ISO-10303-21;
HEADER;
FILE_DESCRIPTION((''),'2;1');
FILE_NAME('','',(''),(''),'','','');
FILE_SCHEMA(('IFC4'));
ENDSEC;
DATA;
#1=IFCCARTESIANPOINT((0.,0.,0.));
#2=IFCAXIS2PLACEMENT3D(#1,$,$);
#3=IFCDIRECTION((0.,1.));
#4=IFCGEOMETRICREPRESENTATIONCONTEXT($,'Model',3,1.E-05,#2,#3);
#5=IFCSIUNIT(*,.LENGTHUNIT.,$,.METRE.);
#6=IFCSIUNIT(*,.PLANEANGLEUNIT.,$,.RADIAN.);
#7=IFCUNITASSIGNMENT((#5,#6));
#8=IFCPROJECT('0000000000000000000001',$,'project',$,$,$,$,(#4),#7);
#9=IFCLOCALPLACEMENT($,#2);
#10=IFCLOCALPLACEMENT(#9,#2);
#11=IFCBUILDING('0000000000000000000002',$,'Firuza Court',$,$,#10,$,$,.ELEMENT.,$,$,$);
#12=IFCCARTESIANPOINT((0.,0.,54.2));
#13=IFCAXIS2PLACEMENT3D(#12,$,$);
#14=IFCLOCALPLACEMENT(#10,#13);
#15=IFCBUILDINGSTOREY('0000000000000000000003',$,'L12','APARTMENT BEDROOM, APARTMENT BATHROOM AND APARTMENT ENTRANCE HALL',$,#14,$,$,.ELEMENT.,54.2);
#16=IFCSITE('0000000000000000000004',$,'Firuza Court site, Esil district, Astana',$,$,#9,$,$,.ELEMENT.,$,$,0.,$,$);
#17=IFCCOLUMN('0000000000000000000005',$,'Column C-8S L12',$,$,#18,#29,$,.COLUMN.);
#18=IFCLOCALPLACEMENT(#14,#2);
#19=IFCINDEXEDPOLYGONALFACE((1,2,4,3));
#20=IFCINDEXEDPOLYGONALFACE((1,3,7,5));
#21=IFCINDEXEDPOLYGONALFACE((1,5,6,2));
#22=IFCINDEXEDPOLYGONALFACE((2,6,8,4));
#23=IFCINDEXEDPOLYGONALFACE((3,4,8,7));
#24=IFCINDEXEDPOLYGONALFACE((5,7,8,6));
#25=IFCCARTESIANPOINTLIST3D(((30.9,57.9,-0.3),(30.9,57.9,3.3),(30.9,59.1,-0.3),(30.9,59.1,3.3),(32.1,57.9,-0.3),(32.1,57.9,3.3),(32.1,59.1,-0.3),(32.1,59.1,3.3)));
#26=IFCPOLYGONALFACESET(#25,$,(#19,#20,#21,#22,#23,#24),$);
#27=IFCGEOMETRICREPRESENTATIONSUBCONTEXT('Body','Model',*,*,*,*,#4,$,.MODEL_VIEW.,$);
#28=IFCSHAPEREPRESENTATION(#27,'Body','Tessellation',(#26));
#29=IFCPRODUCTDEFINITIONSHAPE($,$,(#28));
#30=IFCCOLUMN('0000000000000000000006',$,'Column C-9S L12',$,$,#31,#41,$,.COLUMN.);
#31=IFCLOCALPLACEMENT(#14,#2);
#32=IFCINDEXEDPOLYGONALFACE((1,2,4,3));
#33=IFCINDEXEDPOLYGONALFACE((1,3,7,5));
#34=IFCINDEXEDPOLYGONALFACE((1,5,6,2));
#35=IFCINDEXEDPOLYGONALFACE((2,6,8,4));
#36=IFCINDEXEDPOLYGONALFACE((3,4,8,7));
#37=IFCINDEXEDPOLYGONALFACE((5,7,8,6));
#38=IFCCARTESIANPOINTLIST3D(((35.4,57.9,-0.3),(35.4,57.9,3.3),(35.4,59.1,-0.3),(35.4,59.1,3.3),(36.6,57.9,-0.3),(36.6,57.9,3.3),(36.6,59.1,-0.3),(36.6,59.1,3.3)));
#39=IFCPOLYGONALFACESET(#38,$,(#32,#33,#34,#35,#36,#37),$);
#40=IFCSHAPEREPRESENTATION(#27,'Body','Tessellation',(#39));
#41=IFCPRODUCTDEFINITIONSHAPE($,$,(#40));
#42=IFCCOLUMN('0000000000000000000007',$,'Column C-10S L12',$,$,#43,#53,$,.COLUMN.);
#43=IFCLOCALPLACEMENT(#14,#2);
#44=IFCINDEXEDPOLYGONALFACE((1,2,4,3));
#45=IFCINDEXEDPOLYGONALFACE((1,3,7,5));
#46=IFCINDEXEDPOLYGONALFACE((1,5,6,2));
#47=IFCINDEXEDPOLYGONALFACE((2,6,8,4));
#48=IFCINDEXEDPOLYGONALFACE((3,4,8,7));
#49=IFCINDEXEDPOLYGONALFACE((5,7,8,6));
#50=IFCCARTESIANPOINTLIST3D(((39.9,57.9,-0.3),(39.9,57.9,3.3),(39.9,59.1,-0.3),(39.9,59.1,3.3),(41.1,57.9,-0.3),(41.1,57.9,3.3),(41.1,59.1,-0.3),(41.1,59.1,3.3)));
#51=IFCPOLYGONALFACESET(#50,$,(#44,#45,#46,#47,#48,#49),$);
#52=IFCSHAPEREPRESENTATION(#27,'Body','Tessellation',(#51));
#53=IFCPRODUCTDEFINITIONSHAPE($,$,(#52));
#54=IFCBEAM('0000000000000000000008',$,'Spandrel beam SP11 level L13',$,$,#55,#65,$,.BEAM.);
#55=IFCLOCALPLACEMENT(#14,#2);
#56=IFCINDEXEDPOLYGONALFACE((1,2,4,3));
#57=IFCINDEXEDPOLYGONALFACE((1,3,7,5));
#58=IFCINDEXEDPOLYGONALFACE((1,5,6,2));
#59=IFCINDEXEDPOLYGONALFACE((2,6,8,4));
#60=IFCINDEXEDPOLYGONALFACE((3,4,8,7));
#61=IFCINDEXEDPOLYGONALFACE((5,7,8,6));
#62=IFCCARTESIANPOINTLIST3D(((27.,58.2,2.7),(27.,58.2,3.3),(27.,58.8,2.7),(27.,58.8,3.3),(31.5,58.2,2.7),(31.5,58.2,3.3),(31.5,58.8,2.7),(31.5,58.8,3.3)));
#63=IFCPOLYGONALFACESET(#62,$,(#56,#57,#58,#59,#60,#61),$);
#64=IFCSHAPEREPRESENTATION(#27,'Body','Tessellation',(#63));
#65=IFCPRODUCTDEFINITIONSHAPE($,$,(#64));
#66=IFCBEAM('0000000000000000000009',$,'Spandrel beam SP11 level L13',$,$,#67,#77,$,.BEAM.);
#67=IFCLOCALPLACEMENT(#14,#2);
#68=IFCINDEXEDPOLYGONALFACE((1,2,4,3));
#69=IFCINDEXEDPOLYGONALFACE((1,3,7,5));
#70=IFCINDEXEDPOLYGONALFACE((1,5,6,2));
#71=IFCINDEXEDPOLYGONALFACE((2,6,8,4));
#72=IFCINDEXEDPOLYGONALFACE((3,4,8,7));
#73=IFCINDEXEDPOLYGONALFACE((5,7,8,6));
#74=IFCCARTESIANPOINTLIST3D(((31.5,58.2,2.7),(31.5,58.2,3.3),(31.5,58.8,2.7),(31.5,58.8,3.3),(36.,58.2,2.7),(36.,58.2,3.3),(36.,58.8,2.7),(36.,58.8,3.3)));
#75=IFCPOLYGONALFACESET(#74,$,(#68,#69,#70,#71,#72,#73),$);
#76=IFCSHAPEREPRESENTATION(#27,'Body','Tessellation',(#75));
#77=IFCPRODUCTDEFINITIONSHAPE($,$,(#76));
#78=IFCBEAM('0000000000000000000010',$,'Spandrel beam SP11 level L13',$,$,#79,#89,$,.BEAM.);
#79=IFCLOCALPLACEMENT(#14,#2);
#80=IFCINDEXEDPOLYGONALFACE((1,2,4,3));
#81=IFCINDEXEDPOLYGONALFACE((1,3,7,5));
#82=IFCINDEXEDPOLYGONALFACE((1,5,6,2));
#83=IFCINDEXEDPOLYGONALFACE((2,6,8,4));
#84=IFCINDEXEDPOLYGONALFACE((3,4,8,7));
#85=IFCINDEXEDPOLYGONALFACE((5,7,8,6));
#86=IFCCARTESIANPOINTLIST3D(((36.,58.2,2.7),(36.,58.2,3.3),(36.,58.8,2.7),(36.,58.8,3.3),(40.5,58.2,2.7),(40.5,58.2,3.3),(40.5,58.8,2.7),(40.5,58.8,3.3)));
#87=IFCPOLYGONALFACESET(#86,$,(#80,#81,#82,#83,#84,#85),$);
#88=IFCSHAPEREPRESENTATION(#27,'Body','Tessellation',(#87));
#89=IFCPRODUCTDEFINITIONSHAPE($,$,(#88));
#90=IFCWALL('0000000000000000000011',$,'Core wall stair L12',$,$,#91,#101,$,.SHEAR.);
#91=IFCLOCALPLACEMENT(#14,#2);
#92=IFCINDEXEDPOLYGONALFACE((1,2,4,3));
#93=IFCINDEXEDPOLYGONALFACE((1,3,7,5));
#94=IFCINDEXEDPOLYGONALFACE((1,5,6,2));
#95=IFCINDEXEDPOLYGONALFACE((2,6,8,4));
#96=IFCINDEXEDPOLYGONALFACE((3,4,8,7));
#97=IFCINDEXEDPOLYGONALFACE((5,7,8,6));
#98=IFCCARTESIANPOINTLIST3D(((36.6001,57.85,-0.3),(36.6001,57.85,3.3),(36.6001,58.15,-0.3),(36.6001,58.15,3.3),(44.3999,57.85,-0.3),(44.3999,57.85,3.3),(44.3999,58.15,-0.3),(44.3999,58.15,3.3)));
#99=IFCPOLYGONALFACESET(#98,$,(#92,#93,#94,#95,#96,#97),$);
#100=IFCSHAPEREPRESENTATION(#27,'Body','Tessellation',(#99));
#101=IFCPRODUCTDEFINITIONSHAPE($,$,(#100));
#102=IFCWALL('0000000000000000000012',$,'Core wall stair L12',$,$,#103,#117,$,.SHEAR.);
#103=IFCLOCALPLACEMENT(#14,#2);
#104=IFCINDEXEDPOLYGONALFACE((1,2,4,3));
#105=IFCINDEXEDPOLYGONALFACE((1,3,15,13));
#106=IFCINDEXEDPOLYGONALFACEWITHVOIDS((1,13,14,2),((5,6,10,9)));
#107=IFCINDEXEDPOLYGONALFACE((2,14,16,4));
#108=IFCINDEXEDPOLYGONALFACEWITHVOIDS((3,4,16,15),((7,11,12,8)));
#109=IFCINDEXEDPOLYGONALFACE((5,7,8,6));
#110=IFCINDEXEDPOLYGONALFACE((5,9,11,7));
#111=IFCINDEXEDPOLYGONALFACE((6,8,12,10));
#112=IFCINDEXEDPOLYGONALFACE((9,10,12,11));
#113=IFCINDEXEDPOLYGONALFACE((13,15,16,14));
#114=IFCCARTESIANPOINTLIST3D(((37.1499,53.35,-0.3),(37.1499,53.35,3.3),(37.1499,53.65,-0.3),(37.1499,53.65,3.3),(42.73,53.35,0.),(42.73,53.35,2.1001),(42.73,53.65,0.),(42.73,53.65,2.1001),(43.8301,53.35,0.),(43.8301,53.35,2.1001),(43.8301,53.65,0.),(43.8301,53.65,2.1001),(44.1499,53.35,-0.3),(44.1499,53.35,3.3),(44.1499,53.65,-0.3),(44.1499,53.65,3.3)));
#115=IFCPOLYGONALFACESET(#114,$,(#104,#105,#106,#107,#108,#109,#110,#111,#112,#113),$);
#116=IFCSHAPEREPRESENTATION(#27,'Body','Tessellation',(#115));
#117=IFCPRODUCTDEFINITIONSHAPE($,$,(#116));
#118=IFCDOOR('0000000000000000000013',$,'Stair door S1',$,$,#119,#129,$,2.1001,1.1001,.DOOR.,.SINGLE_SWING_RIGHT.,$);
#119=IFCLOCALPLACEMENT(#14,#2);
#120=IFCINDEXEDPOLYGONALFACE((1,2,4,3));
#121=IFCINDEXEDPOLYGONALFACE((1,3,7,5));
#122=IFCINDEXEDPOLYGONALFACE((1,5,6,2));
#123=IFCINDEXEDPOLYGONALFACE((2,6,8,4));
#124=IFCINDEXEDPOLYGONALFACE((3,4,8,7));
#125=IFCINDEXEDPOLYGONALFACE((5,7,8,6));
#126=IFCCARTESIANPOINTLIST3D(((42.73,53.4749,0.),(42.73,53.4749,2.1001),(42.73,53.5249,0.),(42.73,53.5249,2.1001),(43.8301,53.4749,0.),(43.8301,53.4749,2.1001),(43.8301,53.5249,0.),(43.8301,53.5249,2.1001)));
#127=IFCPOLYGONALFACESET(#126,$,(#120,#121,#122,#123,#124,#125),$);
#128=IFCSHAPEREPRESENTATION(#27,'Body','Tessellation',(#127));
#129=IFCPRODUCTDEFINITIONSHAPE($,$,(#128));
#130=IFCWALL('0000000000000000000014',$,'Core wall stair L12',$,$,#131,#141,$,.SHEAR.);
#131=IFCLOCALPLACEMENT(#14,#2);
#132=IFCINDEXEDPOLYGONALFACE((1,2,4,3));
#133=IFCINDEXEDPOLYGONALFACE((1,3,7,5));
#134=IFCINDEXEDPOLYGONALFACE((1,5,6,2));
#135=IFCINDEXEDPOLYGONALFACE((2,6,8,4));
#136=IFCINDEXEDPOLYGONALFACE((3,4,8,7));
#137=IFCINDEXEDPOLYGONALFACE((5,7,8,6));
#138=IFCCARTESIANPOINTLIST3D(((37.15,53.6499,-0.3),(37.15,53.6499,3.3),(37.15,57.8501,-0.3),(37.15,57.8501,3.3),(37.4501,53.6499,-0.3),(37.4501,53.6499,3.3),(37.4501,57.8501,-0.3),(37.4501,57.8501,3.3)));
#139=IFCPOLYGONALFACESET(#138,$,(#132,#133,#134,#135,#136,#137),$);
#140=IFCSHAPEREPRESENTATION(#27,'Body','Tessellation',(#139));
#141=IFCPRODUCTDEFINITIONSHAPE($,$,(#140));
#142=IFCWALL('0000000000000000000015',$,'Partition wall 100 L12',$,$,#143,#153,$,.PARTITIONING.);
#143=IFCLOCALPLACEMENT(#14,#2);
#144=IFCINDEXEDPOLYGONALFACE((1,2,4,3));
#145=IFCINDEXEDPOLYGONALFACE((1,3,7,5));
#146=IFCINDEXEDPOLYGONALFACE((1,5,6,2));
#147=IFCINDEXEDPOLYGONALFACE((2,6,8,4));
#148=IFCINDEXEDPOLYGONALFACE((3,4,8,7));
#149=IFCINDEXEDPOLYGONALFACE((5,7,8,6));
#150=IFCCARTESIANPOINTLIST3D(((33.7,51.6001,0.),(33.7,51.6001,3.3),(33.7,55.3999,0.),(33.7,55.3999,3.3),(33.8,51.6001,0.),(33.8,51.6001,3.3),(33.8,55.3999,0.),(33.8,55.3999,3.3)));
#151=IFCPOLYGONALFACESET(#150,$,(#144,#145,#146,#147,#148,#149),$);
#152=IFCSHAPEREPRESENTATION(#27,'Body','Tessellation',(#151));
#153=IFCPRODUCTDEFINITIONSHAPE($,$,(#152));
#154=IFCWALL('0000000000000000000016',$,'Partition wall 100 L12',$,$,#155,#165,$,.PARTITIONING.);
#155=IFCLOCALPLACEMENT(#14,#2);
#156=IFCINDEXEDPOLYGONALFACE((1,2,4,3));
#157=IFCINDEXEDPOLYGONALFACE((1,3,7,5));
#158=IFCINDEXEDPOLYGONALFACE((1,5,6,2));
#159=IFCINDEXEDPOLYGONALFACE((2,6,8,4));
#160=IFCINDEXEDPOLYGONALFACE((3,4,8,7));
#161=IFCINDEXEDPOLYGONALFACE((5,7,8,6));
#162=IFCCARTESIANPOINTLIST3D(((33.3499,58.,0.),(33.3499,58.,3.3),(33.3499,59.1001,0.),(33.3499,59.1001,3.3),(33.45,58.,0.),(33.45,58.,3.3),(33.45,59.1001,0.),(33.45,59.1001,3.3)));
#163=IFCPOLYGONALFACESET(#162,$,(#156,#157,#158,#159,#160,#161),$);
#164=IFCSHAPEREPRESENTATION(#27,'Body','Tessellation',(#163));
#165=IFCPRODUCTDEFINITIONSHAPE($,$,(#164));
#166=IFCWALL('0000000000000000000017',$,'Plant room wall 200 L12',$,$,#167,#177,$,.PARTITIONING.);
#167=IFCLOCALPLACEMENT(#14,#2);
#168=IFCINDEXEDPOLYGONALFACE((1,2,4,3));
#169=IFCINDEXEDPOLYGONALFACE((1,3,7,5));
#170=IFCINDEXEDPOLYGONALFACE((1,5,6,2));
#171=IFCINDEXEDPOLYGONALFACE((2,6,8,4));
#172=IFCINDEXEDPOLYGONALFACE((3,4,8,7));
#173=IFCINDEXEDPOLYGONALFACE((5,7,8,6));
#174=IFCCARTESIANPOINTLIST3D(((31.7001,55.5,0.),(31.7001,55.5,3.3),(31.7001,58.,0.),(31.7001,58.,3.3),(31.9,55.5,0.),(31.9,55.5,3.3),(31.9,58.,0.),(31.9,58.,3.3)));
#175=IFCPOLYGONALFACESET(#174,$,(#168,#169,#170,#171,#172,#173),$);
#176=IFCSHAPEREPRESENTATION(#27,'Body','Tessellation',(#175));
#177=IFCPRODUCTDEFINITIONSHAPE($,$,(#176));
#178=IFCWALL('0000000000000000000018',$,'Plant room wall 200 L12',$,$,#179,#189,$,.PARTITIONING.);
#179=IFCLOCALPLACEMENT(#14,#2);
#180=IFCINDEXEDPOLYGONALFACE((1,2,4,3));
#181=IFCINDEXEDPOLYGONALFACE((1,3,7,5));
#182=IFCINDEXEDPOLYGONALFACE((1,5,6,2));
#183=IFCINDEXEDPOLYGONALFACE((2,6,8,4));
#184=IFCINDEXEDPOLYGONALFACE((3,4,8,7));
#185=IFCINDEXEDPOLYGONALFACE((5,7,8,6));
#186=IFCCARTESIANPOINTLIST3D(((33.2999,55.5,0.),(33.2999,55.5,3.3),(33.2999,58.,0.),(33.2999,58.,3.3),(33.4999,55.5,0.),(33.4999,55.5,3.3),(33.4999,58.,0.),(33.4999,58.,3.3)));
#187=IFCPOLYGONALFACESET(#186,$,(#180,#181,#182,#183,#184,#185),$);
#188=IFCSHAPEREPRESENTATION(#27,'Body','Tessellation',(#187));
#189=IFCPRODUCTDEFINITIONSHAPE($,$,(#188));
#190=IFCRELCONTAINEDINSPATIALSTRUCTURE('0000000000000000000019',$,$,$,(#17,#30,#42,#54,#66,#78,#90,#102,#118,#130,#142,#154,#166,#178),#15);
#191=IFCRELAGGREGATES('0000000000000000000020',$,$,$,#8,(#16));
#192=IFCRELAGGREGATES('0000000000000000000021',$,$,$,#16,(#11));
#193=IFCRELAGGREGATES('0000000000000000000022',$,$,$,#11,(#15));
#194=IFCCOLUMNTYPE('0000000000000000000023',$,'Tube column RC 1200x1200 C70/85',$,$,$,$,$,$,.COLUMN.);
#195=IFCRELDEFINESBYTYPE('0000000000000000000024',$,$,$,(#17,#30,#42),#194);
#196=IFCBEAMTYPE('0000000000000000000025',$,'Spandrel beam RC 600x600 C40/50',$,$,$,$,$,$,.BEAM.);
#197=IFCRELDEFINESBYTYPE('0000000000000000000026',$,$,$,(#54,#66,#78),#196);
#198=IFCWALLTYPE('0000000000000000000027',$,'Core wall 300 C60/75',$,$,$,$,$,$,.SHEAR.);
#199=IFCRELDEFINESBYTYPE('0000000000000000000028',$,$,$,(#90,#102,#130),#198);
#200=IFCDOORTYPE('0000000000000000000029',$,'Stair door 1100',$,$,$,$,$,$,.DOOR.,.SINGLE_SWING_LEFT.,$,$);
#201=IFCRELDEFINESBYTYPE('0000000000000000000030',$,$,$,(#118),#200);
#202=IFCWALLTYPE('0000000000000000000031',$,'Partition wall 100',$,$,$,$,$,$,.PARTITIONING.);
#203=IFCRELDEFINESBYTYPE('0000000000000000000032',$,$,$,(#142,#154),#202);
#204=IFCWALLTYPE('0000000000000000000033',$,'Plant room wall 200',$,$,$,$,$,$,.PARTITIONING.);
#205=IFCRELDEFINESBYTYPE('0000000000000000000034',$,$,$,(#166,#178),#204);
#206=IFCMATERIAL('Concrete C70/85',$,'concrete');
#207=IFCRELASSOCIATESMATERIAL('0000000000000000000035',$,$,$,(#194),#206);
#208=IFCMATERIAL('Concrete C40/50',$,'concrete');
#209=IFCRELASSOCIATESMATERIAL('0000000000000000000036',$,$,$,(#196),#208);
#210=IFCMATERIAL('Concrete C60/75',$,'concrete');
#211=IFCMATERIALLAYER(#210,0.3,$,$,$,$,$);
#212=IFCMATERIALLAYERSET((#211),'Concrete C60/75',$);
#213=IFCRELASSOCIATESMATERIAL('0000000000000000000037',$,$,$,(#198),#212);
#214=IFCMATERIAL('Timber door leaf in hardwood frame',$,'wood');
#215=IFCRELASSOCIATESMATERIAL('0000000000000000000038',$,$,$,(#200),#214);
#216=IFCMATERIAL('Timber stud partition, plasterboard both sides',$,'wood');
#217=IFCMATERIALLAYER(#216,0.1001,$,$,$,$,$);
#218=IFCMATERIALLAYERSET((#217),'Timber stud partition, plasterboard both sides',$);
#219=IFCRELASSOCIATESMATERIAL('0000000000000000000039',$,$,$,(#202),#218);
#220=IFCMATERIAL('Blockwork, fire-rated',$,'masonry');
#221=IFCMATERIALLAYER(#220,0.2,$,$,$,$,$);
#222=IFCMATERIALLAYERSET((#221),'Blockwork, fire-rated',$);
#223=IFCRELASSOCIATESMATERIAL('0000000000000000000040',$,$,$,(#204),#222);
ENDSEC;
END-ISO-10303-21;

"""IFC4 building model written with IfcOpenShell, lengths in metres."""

from ifc_helpers import new_model, si_unit, direction, frame, frame_2d, origin, origin_2d, place, context, subcontext, project, spatial, rectangle, extrude, material, layer, layer_set, material_profile, profile_set, type_object, element, fill, save


model = new_model("IFC4")

# Units and contexts
model_context = context("Model", 3, precision=1e-05, world=origin(), true_north=direction((0.0, 1.0)))
body_context = subcontext(model_context, "Body", "Model", "MODEL_VIEW")
ifc_project = project(units=[si_unit("LENGTHUNIT", "METRE"), si_unit("PLANEANGLEUNIT", "RADIAN")], contexts=[model_context])

# Site, building, storey
site_placement = place(None, origin())
site = spatial("IfcSite", under=ifc_project, at=site_placement, Name="Firuza Court site, Esil district, Astana", CompositionType="ELEMENT", RefElevation=0.0)
building_placement = place(site_placement, origin())
building = spatial("IfcBuilding", under=site, at=building_placement, Name="Firuza Court", CompositionType="ELEMENT")
storey_placement = place(building_placement, frame((0.0, 0.0, 54.2)))
storey = spatial("IfcBuildingStorey", under=building, at=storey_placement, Name="L12", Description="APARTMENT BEDROOM, APARTMENT BATHROOM AND APARTMENT ENTRANCE HALL", CompositionType="ELEMENT", Elevation=54.2)

# Columns
ifc_material_1 = material(Name="Concrete C70/85", Category="concrete")
ifc_material_profile_1 = material_profile(ifc_material_1, rectangle(XDim=1.2, YDim=1.2, at=origin_2d()), Name="RC 1200x1200")
ifc_profile_set_1 = profile_set([ifc_material_profile_1], Name="Concrete C70/85")
column_type = type_object("IfcColumnType", Name="Tube column RC 1200x1200 C70/85", PredefinedType="COLUMN", material=ifc_profile_set_1)
for number, where, z_axis, x_axis, name in (
    (1, (31.5, 58.5, -0.3), (0.0, 0.0, 1.0), (1.0, 0.0, 0.0), "Column C-8S L12"),
    (2, (36.0, 58.5, -0.3), (0.0, 0.0, 1.0), (1.0, 0.0, 0.0), "Column C-9S L12"),
    (3, (40.5, 58.5, -0.3), (0.0, 0.0, 1.0), (1.0, 0.0, 0.0), "Column C-10S L12"),
):
    element("IfcColumn", number, at=place(storey_placement, frame(where, z_axis=z_axis, x_axis=x_axis)), inside=storey, type_object=column_type, Name=name, PredefinedType="COLUMN", context=body_context, shape_type="SweptSolid", body=[
        extrude(rectangle(XDim=1.2, YDim=1.2, at=origin_2d()), origin(), (0.0, 0.0, 1.0), 3.6001),
    ])

# Beams
ifc_material_2 = material(Name="Concrete C40/50", Category="concrete")
ifc_material_profile_2 = material_profile(ifc_material_2, rectangle(XDim=0.6001, YDim=0.6001, at=origin_2d()), Name="RC 600x600")
ifc_profile_set_2 = profile_set([ifc_material_profile_2], Name="Concrete C40/50")
beam_type = type_object("IfcBeamType", Name="Spandrel beam RC 600x600 C40/50", PredefinedType="BEAM", material=ifc_profile_set_2)
for number, where, z_axis, x_axis, name in (
    (4, (31.5, 58.5, 3.0), (-1.0, 0.0, 0.0), (0.0, -1.0, 0.0), "Spandrel beam SP11 level L13"),
    (5, (36.0, 58.5, 3.0), (-1.0, 0.0, 0.0), (0.0, -1.0, 0.0), "Spandrel beam SP11 level L13"),
    (6, (40.5, 58.5, 3.0), (-1.0, 0.0, 0.0), (0.0, -1.0, 0.0), "Spandrel beam SP11 level L13"),
):
    element("IfcBeam", number, at=place(storey_placement, frame(where, z_axis=z_axis, x_axis=x_axis)), inside=storey, type_object=beam_type, Name=name, PredefinedType="BEAM", context=body_context, shape_type="SweptSolid", body=[
        extrude(rectangle(XDim=0.6001, YDim=0.6001, at=origin_2d()), origin(), (0.0, 0.0, 1.0), 4.5),
    ])

# Wall
ifc_material_3 = material(Name="Concrete C60/75", Category="concrete")
ifc_layer_1 = layer(ifc_material_3, 0.3)
ifc_layer_set_1 = layer_set([ifc_layer_1], Name="Concrete C60/75")
wall_type_1 = type_object("IfcWallType", Name="Core wall 300 C60/75", PredefinedType="SHEAR", material=ifc_layer_set_1)
wall_1_placement = place(storey_placement, frame((36.6001, 58.0, -0.3), z_axis=(0.0, 0.0, 1.0), x_axis=(1.0, 0.0, 0.0)))
element("IfcWall", 7, at=wall_1_placement, inside=storey, type_object=wall_type_1, Name="Core wall stair L12", PredefinedType="SHEAR", context=body_context, shape_type="SweptSolid", body=[
    extrude(rectangle(XDim=7.7998, YDim=0.3, at=frame_2d((3.8999, 0.0))), origin(), (0.0, 0.0, 1.0), 3.6001),
])

# Wall, opening, door
wall_2_placement = place(storey_placement, frame((37.1499, 53.5, -0.3), z_axis=(0.0, 0.0, 1.0), x_axis=(1.0, 0.0, 0.0)))
wall_2 = element("IfcWall", 8, at=wall_2_placement, inside=storey, type_object=wall_type_1, Name="Core wall stair L12", PredefinedType="SHEAR", context=body_context, shape_type="SweptSolid", body=[
    extrude(rectangle(XDim=7.0, YDim=0.3, at=frame_2d((3.5, 0.0))), origin(), (0.0, 0.0, 1.0), 3.6001),
])
opening_1_placement = place(wall_2_placement, frame((5.5801, 0.0, 0.3)))
opening_1 = element("IfcOpeningElement", 9, at=opening_1_placement, cuts=wall_2, PredefinedType="OPENING", context=body_context, shape_type="SweptSolid", body=[
    extrude(rectangle(XDim=1.1001, YDim=2.1001, at=frame_2d((0.55, 1.05))), frame((0.0, 0.1621, 0.0), z_axis=(0.0, -1.0, 0.0), x_axis=(1.0, 0.0, 0.0)), (0.0, 0.0, 1.0), 0.324),
])
ifc_material_4 = material(Name="Timber door leaf in hardwood frame", Category="wood")
door_type_1 = type_object("IfcDoorType", Name="Stair door 1100", OperationType="SINGLE_SWING_LEFT", PredefinedType="DOOR", material=ifc_material_4)
door_1_placement = place(opening_1_placement, origin())
door_1 = element("IfcDoor", 10, at=door_1_placement, inside=storey, type_object=door_type_1, Name="Stair door S1", OperationType="SINGLE_SWING_RIGHT", OverallHeight=2.1001, OverallWidth=1.1001, PredefinedType="DOOR", context=body_context, shape_type="SweptSolid", body=[
    extrude(rectangle(XDim=1.1001, YDim=2.1001, at=frame_2d((0.55, 1.05))), frame((0.0, 0.0249, 0.0), z_axis=(0.0, -1.0, 0.0), x_axis=(1.0, 0.0, 0.0)), (0.0, 0.0, 1.0), 0.05),
])
fill(opening_1, door_1)

# Walls
wall_3_placement = place(storey_placement, frame((37.3, 53.6499, -0.3), z_axis=(0.0, 0.0, 1.0), x_axis=(0.0, 1.0, 0.0)))
element("IfcWall", 11, at=wall_3_placement, inside=storey, type_object=wall_type_1, Name="Core wall stair L12", PredefinedType="SHEAR", context=body_context, shape_type="SweptSolid", body=[
    extrude(rectangle(XDim=4.2002, YDim=0.3, at=frame_2d((2.1001, 0.0))), origin(), (0.0, 0.0, 1.0), 3.6001),
])
ifc_material_5 = material(Name="Timber stud partition, plasterboard both sides", Category="wood")
ifc_layer_2 = layer(ifc_material_5, 0.1001)
ifc_layer_set_2 = layer_set([ifc_layer_2], Name="Timber stud partition, plasterboard both sides")
wall_type_2 = type_object("IfcWallType", Name="Partition wall 100", PredefinedType="PARTITIONING", material=ifc_layer_set_2)
wall_4_placement = place(storey_placement, frame((33.75, 51.6001, 0.0), z_axis=(0.0, 0.0, 1.0), x_axis=(0.0, 1.0, 0.0)))
element("IfcWall", 12, at=wall_4_placement, inside=storey, type_object=wall_type_2, Name="Partition wall 100 L12", PredefinedType="PARTITIONING", context=body_context, shape_type="SweptSolid", body=[
    extrude(rectangle(XDim=3.7998, YDim=0.1001, at=frame_2d((1.8999, 0.0))), origin(), (0.0, 0.0, 1.0), 3.3),
])
wall_5_placement = place(storey_placement, frame((33.3999, 58.0, 0.0), z_axis=(0.0, 0.0, 1.0), x_axis=(0.0, 1.0, 0.0)))
element("IfcWall", 13, at=wall_5_placement, inside=storey, type_object=wall_type_2, Name="Partition wall 100 L12", PredefinedType="PARTITIONING", context=body_context, shape_type="SweptSolid", body=[
    extrude(rectangle(XDim=1.1001, YDim=0.1001, at=frame_2d((0.55, 0.0))), origin(), (0.0, 0.0, 1.0), 3.3),
])
ifc_material_6 = material(Name="Blockwork, fire-rated", Category="masonry")
ifc_layer_3 = layer(ifc_material_6, 0.2)
ifc_layer_set_3 = layer_set([ifc_layer_3], Name="Blockwork, fire-rated")
wall_type_3 = type_object("IfcWallType", Name="Plant room wall 200", PredefinedType="PARTITIONING", material=ifc_layer_set_3)
for number, where, z_axis, x_axis, name in (
    (14, (31.8, 55.5, 0.0), (0.0, 0.0, 1.0), (0.0, 1.0, 0.0), "Plant room wall 200 L12"),
    (15, (33.3999, 55.5, 0.0), (0.0, 0.0, 1.0), (0.0, 1.0, 0.0), "Plant room wall 200 L12"),
):
    element("IfcWall", number, at=place(storey_placement, frame(where, z_axis=z_axis, x_axis=x_axis)), inside=storey, type_object=wall_type_3, Name=name, PredefinedType="PARTITIONING", context=body_context, shape_type="SweptSolid", body=[
        extrude(rectangle(XDim=2.5, YDim=0.2, at=frame_2d((1.25, 0.0))), origin(), (0.0, 0.0, 1.0), 3.3),
    ])

save(model, "model.ifc")
